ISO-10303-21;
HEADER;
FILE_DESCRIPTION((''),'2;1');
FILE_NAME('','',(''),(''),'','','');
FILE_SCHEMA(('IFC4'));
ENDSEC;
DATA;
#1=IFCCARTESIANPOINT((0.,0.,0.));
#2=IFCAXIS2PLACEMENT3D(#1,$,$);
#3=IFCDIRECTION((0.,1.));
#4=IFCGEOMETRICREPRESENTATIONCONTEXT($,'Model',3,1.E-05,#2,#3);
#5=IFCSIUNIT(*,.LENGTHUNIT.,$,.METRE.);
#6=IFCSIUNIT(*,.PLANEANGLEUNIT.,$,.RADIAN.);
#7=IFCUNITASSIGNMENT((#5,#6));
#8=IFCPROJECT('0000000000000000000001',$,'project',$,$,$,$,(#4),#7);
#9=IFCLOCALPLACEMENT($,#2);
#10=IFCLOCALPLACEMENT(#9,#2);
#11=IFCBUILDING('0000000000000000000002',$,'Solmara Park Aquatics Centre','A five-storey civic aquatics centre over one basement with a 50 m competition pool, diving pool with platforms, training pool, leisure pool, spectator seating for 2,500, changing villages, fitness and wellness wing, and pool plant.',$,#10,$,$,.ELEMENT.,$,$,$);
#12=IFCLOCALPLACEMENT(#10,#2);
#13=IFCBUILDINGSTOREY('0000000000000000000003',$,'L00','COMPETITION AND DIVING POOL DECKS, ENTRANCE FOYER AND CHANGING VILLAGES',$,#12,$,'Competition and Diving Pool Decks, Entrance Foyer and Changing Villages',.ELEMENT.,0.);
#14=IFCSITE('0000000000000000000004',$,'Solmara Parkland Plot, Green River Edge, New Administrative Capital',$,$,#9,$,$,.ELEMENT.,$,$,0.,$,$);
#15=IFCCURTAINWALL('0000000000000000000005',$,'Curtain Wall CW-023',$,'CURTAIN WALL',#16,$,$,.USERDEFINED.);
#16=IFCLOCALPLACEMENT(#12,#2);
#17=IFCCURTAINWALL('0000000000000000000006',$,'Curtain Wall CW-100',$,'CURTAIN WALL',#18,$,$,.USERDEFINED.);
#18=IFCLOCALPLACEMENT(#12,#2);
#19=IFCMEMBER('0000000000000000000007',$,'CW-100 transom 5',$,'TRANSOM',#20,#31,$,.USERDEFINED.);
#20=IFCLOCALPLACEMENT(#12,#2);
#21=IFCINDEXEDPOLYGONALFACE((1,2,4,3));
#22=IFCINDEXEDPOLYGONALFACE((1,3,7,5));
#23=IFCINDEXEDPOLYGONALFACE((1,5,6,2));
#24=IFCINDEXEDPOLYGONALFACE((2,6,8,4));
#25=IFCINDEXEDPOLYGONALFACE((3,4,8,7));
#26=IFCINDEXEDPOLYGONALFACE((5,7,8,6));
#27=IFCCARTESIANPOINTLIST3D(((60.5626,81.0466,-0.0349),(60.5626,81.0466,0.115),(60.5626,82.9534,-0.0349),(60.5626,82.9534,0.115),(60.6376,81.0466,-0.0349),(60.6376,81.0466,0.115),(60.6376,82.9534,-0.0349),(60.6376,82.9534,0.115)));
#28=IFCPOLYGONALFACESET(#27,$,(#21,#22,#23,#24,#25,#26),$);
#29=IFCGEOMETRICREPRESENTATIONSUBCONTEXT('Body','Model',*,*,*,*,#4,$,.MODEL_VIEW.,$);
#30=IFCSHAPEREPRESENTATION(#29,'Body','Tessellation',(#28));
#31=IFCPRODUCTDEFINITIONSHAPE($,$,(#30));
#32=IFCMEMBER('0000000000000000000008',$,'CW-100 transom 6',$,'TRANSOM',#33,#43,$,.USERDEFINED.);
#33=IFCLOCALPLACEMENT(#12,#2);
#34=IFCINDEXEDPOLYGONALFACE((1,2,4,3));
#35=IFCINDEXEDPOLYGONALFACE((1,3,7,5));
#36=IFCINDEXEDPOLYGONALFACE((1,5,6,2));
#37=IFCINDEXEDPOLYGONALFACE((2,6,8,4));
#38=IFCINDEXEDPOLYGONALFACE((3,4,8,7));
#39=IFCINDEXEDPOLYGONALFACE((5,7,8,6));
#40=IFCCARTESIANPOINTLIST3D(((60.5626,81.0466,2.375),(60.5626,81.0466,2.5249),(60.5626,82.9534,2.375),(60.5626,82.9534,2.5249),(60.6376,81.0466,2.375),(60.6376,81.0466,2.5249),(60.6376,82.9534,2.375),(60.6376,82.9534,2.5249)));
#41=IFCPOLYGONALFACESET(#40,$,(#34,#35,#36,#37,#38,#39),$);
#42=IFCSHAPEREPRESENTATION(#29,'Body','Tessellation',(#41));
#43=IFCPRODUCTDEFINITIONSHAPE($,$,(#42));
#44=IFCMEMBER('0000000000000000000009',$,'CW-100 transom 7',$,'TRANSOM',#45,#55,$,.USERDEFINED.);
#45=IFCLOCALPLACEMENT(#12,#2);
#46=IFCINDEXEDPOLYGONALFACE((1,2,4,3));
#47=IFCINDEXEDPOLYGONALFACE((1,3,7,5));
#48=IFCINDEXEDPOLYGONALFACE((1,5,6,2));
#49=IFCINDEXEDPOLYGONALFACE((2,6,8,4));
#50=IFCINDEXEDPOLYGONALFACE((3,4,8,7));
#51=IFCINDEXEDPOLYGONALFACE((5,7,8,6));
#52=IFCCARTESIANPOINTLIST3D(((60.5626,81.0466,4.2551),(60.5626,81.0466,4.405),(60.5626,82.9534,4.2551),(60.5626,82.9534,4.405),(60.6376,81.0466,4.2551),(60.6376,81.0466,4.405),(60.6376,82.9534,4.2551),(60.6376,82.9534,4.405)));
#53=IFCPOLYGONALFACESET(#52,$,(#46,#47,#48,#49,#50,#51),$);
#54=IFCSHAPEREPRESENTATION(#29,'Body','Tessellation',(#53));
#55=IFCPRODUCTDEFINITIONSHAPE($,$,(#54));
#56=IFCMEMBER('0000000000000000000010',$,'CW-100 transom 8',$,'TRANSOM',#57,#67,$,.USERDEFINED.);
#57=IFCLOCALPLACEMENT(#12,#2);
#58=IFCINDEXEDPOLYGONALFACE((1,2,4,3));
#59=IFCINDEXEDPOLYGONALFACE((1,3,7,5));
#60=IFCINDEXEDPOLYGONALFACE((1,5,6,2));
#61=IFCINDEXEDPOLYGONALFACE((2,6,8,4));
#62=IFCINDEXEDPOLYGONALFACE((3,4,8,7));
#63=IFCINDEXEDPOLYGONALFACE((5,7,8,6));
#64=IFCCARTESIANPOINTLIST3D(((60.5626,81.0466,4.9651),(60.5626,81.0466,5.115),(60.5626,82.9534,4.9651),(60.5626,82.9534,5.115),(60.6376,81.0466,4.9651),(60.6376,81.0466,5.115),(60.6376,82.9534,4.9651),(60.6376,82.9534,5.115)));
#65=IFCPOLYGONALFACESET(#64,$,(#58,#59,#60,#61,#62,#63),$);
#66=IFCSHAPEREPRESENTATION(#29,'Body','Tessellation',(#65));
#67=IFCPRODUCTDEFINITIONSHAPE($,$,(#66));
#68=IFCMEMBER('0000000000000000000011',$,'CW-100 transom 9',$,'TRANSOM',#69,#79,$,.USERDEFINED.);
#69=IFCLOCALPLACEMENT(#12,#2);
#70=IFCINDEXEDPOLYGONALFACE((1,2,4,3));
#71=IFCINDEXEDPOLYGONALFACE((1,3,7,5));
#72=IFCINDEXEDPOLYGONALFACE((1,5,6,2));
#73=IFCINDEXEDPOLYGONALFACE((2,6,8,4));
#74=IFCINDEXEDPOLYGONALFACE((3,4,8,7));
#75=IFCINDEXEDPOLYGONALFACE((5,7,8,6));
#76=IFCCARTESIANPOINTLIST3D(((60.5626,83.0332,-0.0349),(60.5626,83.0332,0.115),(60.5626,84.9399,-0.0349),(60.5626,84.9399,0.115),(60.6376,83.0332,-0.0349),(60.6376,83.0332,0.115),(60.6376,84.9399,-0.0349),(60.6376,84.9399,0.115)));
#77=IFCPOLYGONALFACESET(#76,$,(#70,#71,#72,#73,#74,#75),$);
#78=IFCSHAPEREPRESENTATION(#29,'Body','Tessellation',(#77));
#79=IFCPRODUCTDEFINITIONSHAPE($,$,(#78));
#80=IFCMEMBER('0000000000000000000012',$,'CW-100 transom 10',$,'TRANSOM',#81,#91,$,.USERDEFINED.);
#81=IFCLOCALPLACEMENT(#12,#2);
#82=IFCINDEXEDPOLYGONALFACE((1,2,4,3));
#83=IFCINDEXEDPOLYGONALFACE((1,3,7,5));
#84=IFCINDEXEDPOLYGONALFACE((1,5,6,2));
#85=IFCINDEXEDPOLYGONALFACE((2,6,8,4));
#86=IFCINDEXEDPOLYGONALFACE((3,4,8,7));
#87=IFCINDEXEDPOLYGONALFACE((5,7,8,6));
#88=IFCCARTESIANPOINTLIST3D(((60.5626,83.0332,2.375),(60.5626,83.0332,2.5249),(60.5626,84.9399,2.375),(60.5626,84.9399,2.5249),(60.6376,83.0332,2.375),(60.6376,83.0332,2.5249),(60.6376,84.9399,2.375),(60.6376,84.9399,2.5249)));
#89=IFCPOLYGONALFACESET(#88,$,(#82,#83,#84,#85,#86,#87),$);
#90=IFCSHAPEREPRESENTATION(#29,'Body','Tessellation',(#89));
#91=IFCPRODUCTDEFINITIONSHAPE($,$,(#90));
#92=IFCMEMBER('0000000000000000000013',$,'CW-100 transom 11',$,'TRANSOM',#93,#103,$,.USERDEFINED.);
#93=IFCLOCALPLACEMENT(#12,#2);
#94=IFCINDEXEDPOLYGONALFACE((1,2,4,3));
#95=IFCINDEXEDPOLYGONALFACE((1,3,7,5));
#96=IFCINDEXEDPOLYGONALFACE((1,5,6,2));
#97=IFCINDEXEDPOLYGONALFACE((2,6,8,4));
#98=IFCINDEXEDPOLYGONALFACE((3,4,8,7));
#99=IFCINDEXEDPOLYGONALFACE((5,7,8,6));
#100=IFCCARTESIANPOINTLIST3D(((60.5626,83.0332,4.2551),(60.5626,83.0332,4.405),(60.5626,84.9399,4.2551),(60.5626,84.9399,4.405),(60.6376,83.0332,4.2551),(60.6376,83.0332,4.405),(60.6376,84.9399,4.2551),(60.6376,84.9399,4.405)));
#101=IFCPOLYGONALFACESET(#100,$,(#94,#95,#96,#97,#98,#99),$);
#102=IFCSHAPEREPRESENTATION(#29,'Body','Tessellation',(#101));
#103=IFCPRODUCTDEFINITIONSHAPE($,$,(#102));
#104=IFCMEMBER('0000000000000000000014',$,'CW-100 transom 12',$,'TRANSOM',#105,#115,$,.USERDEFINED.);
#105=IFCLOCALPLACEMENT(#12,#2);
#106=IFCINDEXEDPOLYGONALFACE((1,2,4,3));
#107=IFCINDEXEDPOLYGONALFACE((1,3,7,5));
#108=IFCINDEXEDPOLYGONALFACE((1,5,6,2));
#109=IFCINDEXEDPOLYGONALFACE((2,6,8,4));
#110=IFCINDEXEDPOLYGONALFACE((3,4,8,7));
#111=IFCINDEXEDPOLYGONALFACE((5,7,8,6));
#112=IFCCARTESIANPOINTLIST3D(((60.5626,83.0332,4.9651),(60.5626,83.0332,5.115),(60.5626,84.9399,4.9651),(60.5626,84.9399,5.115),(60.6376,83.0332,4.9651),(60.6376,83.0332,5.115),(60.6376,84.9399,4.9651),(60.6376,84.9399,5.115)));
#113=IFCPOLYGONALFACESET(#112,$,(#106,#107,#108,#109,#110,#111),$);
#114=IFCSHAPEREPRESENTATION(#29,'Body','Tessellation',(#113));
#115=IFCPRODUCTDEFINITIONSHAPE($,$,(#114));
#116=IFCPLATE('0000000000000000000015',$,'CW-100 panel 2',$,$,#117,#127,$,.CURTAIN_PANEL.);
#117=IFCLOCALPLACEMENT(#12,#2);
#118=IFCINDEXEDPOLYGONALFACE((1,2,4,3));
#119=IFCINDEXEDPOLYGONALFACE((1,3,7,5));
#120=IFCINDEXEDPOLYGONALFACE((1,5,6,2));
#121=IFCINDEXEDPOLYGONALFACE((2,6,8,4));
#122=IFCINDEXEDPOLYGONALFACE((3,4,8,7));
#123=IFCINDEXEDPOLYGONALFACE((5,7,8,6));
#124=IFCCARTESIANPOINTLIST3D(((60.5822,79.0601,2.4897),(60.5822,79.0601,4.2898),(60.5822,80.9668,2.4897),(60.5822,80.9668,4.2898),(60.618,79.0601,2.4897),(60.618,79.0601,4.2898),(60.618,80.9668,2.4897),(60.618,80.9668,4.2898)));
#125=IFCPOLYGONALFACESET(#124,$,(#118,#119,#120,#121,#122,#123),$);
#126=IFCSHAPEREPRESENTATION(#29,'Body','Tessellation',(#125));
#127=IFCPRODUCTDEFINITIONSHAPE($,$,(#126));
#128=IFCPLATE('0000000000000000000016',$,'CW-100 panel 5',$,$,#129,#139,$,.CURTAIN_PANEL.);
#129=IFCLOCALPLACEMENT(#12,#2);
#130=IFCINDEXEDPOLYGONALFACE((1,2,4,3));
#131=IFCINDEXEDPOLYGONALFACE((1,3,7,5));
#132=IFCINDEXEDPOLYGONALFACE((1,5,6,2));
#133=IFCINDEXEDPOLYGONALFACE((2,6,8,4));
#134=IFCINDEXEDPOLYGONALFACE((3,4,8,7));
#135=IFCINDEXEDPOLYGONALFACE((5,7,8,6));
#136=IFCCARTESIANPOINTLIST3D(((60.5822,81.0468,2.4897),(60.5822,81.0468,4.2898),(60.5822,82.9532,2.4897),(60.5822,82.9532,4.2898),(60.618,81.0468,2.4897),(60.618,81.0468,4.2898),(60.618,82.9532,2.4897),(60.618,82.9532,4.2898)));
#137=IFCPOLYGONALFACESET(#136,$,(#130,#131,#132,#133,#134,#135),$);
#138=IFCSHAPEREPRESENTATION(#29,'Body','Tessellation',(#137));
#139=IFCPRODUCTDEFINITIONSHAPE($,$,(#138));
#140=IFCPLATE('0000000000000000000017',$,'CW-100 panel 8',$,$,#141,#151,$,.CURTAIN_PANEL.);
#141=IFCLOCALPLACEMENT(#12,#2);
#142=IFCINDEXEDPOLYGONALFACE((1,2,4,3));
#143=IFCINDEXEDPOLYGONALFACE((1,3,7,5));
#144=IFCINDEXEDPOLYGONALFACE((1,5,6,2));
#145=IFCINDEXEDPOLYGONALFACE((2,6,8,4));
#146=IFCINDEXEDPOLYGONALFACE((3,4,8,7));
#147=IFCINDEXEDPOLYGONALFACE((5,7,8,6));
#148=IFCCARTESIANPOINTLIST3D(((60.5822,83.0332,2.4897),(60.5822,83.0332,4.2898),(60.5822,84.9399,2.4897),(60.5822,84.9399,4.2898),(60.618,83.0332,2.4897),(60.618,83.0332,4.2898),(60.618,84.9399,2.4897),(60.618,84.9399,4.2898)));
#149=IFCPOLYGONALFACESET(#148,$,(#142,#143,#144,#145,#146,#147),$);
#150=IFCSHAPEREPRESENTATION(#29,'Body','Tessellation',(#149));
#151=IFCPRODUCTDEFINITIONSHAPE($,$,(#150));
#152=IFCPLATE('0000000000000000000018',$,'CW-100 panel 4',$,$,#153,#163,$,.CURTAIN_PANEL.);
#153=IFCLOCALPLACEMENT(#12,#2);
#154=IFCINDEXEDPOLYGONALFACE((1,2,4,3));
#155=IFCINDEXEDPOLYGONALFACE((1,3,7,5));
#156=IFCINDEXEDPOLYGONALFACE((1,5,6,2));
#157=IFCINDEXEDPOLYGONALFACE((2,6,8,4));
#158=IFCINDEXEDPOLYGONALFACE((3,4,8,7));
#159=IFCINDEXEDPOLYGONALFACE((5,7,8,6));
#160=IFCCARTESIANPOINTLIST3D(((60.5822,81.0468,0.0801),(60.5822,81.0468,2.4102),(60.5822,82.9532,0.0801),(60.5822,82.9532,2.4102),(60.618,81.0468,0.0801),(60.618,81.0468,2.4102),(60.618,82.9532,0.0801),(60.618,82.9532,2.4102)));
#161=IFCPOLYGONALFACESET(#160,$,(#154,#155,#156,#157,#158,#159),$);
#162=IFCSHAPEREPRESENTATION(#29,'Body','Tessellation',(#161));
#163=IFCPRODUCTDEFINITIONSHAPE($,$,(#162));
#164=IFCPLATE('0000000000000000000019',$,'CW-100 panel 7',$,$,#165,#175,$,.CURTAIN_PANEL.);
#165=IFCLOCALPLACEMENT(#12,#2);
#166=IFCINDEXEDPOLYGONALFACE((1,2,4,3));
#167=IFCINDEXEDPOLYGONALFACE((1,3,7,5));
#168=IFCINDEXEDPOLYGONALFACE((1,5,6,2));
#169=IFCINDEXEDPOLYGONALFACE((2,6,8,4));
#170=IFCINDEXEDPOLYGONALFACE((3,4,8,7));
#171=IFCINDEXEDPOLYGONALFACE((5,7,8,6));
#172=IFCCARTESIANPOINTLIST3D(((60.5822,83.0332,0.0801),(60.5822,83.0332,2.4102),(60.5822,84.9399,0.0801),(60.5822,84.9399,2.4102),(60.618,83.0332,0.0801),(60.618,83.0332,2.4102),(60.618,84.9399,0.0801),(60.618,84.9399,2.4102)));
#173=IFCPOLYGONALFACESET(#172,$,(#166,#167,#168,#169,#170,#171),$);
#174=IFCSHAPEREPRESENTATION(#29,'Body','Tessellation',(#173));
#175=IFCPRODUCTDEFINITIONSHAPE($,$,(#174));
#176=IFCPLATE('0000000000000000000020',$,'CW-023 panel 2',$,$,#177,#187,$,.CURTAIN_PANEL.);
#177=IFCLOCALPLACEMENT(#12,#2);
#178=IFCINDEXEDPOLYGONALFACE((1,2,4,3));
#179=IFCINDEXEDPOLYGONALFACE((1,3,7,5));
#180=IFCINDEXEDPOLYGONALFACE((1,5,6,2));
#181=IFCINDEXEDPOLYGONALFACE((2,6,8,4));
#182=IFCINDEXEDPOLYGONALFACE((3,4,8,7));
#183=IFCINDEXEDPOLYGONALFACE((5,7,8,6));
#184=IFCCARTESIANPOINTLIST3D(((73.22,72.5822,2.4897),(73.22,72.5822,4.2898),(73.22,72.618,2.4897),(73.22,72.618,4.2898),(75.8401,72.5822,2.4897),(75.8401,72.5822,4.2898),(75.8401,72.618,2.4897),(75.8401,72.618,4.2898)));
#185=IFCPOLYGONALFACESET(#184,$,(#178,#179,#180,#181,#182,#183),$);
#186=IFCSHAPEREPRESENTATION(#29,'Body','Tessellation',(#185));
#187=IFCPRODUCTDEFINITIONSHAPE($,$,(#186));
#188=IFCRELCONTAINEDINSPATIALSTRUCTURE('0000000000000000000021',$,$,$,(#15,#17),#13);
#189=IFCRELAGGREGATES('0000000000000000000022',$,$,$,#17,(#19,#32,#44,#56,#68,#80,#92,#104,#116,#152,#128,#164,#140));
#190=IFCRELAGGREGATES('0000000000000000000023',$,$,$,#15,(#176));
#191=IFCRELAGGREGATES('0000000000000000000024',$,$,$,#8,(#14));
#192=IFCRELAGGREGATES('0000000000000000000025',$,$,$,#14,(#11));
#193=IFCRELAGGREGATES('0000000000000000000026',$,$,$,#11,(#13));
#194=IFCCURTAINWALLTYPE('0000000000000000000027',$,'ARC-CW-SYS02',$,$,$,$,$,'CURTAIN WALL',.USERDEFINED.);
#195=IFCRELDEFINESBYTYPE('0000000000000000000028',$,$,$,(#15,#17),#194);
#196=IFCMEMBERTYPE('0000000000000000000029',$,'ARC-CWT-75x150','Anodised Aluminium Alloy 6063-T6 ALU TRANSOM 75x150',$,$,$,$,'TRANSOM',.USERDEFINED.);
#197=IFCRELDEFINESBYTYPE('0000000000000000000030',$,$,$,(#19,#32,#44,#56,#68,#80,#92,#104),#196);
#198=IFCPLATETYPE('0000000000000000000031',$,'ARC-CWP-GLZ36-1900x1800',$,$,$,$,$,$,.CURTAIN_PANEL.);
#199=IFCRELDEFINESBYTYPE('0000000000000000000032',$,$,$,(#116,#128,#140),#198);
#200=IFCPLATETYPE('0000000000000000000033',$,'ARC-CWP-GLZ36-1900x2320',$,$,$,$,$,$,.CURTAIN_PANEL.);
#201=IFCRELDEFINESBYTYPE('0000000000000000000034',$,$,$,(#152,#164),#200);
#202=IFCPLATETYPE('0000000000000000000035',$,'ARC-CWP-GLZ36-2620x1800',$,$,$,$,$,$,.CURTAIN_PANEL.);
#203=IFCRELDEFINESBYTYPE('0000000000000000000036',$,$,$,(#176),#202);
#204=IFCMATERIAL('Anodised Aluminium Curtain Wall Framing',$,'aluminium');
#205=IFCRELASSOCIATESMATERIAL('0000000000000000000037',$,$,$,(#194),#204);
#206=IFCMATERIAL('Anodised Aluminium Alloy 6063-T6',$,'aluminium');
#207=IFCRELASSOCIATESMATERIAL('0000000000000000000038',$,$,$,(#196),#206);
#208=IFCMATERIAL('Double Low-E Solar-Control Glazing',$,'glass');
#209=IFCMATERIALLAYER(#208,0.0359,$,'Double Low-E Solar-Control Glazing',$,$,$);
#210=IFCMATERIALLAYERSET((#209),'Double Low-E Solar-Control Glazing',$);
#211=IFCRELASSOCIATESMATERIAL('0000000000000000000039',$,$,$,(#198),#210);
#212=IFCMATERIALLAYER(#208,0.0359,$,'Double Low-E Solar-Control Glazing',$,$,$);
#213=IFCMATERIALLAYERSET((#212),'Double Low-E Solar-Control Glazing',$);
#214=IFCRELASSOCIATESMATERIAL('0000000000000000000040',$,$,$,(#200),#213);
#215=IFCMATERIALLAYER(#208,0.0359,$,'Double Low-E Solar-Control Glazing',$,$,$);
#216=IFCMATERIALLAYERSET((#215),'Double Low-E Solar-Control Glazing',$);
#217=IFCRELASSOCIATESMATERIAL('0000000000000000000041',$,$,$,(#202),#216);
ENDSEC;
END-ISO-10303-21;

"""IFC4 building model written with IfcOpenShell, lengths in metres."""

from ifc_helpers import new_model, si_unit, direction, frame, origin, origin_2d, place, context, subcontext, project, spatial, rectangle, extrude, material, layer, layer_set, material_profile, profile_set, type_object, element, aggregate, save


model = new_model("IFC4")

# Units and contexts
model_context = context("Model", 3, precision=1e-05, world=origin(), true_north=direction((0.0, 1.0)))
body_context = subcontext(model_context, "Body", "Model", "MODEL_VIEW")
ifc_project = project(units=[si_unit("LENGTHUNIT", "METRE"), si_unit("PLANEANGLEUNIT", "RADIAN")], contexts=[model_context])

# Site, building, storey
site_placement = place(None, origin())
site = spatial("IfcSite", under=ifc_project, at=site_placement, Name="Solmara Parkland Plot, Green River Edge, New Administrative Capital", CompositionType="ELEMENT", RefElevation=0.0)
building_placement = place(site_placement, origin())
building = spatial("IfcBuilding", under=site, at=building_placement, Name="Solmara Park Aquatics Centre", Description="A five-storey civic aquatics centre over one basement with a 50 m competition pool, diving pool with platforms, training pool, leisure pool, spectator seating for 2,500, changing villages, fitness and wellness wing, and pool plant.", CompositionType="ELEMENT")
storey_placement = place(building_placement, origin())
storey = spatial("IfcBuildingStorey", under=building, at=storey_placement, Name="L00", Description="COMPETITION AND DIVING POOL DECKS, ENTRANCE FOYER AND CHANGING VILLAGES", LongName="Competition and Diving Pool Decks, Entrance Foyer and Changing Villages", CompositionType="ELEMENT", Elevation=0.0)

# Curtain walls
ifc_material_1 = material(Name="Anodised Aluminium Curtain Wall Framing", Category="aluminium")
curtain_wall_type = type_object("IfcCurtainWallType", Name="ARC-CW-SYS02", ElementType="CURTAIN WALL", PredefinedType="USERDEFINED", material=ifc_material_1)
curtain_wall_1_placement = place(storey_placement, origin())
curtain_wall_1 = element("IfcCurtainWall", 1, at=curtain_wall_1_placement, inside=storey, type_object=curtain_wall_type, Name="Curtain Wall CW-023", ObjectType="CURTAIN WALL", PredefinedType="USERDEFINED")
ifc_material_2 = material(Name="Anodised Aluminium Alloy 6063-T6", Category="aluminium")
curtain_wall_2_placement = place(storey_placement, origin())
curtain_wall_2 = element("IfcCurtainWall", 2, at=curtain_wall_2_placement, inside=storey, type_object=curtain_wall_type, Name="Curtain Wall CW-100", ObjectType="CURTAIN WALL", PredefinedType="USERDEFINED")

# Members
ifc_material_profile_1 = material_profile(ifc_material_2, rectangle(XDim=0.075, YDim=0.1499, at=origin_2d()), Name="ALU TRANSOM 75x150")
ifc_profile_set_1 = profile_set([ifc_material_profile_1], Name="Anodised Aluminium Alloy 6063-T6")
member_type_1 = type_object("IfcMemberType", Name="ARC-CWT-75x150", Description="Anodised Aluminium Alloy 6063-T6 ALU TRANSOM 75x150", ElementType="TRANSOM", PredefinedType="USERDEFINED", material=ifc_profile_set_1)
member_1_placement = place(storey_placement, frame((60.6001, 81.0466, 0.04), z_axis=(0.0, 1.0, 0.0), x_axis=(-1.0, 0.0, 0.0)))
member_1 = element("IfcMember", 3, at=member_1_placement, type_object=member_type_1, Name="CW-100 transom 5", ObjectType="TRANSOM", PredefinedType="USERDEFINED", context=body_context, shape_type="SweptSolid", body=[
    extrude(rectangle(XDim=0.075, YDim=0.1499, at=origin_2d()), origin(), (0.0, 0.0, 1.0), 1.9067),
])
member_2_placement = place(storey_placement, frame((60.6001, 81.0466, 2.45), z_axis=(0.0, 1.0, 0.0), x_axis=(-1.0, 0.0, 0.0)))
member_2 = element("IfcMember", 4, at=member_2_placement, type_object=member_type_1, Name="CW-100 transom 6", ObjectType="TRANSOM", PredefinedType="USERDEFINED", context=body_context, shape_type="SweptSolid", body=[
    extrude(rectangle(XDim=0.075, YDim=0.1499, at=origin_2d()), origin(), (0.0, 0.0, 1.0), 1.9067),
])
member_3_placement = place(storey_placement, frame((60.6001, 81.0466, 4.3301), z_axis=(0.0, 1.0, 0.0), x_axis=(-1.0, 0.0, 0.0)))
member_3 = element("IfcMember", 5, at=member_3_placement, type_object=member_type_1, Name="CW-100 transom 7", ObjectType="TRANSOM", PredefinedType="USERDEFINED", context=body_context, shape_type="SweptSolid", body=[
    extrude(rectangle(XDim=0.075, YDim=0.1499, at=origin_2d()), origin(), (0.0, 0.0, 1.0), 1.9067),
])
member_4_placement = place(storey_placement, frame((60.6001, 81.0466, 5.04), z_axis=(0.0, 1.0, 0.0), x_axis=(-1.0, 0.0, 0.0)))
member_4 = element("IfcMember", 6, at=member_4_placement, type_object=member_type_1, Name="CW-100 transom 8", ObjectType="TRANSOM", PredefinedType="USERDEFINED", context=body_context, shape_type="SweptSolid", body=[
    extrude(rectangle(XDim=0.075, YDim=0.1499, at=origin_2d()), origin(), (0.0, 0.0, 1.0), 1.9067),
])
member_5_placement = place(storey_placement, frame((60.6001, 83.0332, 0.04), z_axis=(0.0, 1.0, 0.0), x_axis=(-1.0, 0.0, 0.0)))
member_5 = element("IfcMember", 7, at=member_5_placement, type_object=member_type_1, Name="CW-100 transom 9", ObjectType="TRANSOM", PredefinedType="USERDEFINED", context=body_context, shape_type="SweptSolid", body=[
    extrude(rectangle(XDim=0.075, YDim=0.1499, at=origin_2d()), origin(), (0.0, 0.0, 1.0), 1.9067),
])
member_6_placement = place(storey_placement, frame((60.6001, 83.0332, 2.45), z_axis=(0.0, 1.0, 0.0), x_axis=(-1.0, 0.0, 0.0)))
member_6 = element("IfcMember", 8, at=member_6_placement, type_object=member_type_1, Name="CW-100 transom 10", ObjectType="TRANSOM", PredefinedType="USERDEFINED", context=body_context, shape_type="SweptSolid", body=[
    extrude(rectangle(XDim=0.075, YDim=0.1499, at=origin_2d()), origin(), (0.0, 0.0, 1.0), 1.9067),
])
member_7_placement = place(storey_placement, frame((60.6001, 83.0332, 4.3301), z_axis=(0.0, 1.0, 0.0), x_axis=(-1.0, 0.0, 0.0)))
member_7 = element("IfcMember", 9, at=member_7_placement, type_object=member_type_1, Name="CW-100 transom 11", ObjectType="TRANSOM", PredefinedType="USERDEFINED", context=body_context, shape_type="SweptSolid", body=[
    extrude(rectangle(XDim=0.075, YDim=0.1499, at=origin_2d()), origin(), (0.0, 0.0, 1.0), 1.9067),
])
member_8_placement = place(storey_placement, frame((60.6001, 83.0332, 5.04), z_axis=(0.0, 1.0, 0.0), x_axis=(-1.0, 0.0, 0.0)))
member_8 = element("IfcMember", 10, at=member_8_placement, type_object=member_type_1, Name="CW-100 transom 12", ObjectType="TRANSOM", PredefinedType="USERDEFINED", context=body_context, shape_type="SweptSolid", body=[
    extrude(rectangle(XDim=0.075, YDim=0.1499, at=origin_2d()), origin(), (0.0, 0.0, 1.0), 1.9067),
])

# Plates
ifc_material_3 = material(Name="Double Low-E Solar-Control Glazing", Category="glass")
ifc_layer_1 = layer(ifc_material_3, 0.0359, Name="Double Low-E Solar-Control Glazing")
ifc_layer_set_1 = layer_set([ifc_layer_1], Name="Double Low-E Solar-Control Glazing")
plate_type_1 = type_object("IfcPlateType", Name="ARC-CWP-GLZ36-1900x1800", PredefinedType="CURTAIN_PANEL", material=ifc_layer_set_1)
plate_1_placement = place(storey_placement, frame((60.6001, 80.0134, 2.4897), z_axis=(0.0, 0.0, 1.0), x_axis=(0.0, 1.0, 0.0)))
plate_1 = element("IfcPlate", 11, at=plate_1_placement, type_object=plate_type_1, Name="CW-100 panel 2", PredefinedType="CURTAIN_PANEL", context=body_context, shape_type="SweptSolid", body=[
    extrude(rectangle(XDim=1.9067, YDim=0.0359, at=origin_2d()), origin(), (0.0, 0.0, 1.0), 1.8),
])
plate_2_placement = place(storey_placement, frame((60.6001, 82.0, 2.4897), z_axis=(0.0, 0.0, 1.0), x_axis=(0.0, 1.0, 0.0)))
plate_2 = element("IfcPlate", 12, at=plate_2_placement, type_object=plate_type_1, Name="CW-100 panel 5", PredefinedType="CURTAIN_PANEL", context=body_context, shape_type="SweptSolid", body=[
    extrude(rectangle(XDim=1.9065, YDim=0.0359, at=origin_2d()), origin(), (0.0, 0.0, 1.0), 1.8),
])
plate_3_placement = place(storey_placement, frame((60.6001, 83.9866, 2.4897), z_axis=(0.0, 0.0, 1.0), x_axis=(0.0, 1.0, 0.0)))
plate_3 = element("IfcPlate", 13, at=plate_3_placement, type_object=plate_type_1, Name="CW-100 panel 8", PredefinedType="CURTAIN_PANEL", context=body_context, shape_type="SweptSolid", body=[
    extrude(rectangle(XDim=1.9067, YDim=0.0359, at=origin_2d()), origin(), (0.0, 0.0, 1.0), 1.8),
])
ifc_layer_2 = layer(ifc_material_3, 0.0359, Name="Double Low-E Solar-Control Glazing")
ifc_layer_set_2 = layer_set([ifc_layer_2], Name="Double Low-E Solar-Control Glazing")
plate_type_2 = type_object("IfcPlateType", Name="ARC-CWP-GLZ36-1900x2320", PredefinedType="CURTAIN_PANEL", material=ifc_layer_set_2)
plate_4_placement = place(storey_placement, frame((60.6001, 82.0, 0.0801), z_axis=(0.0, 0.0, 1.0), x_axis=(0.0, 1.0, 0.0)))
plate_4 = element("IfcPlate", 14, at=plate_4_placement, type_object=plate_type_2, Name="CW-100 panel 4", PredefinedType="CURTAIN_PANEL", context=body_context, shape_type="SweptSolid", body=[
    extrude(rectangle(XDim=1.9065, YDim=0.0359, at=origin_2d()), origin(), (0.0, 0.0, 1.0), 2.3301),
])
plate_5_placement = place(storey_placement, frame((60.6001, 83.9866, 0.0801), z_axis=(0.0, 0.0, 1.0), x_axis=(0.0, 1.0, 0.0)))
plate_5 = element("IfcPlate", 15, at=plate_5_placement, type_object=plate_type_2, Name="CW-100 panel 7", PredefinedType="CURTAIN_PANEL", context=body_context, shape_type="SweptSolid", body=[
    extrude(rectangle(XDim=1.9067, YDim=0.0359, at=origin_2d()), origin(), (0.0, 0.0, 1.0), 2.3301),
])
ifc_layer_3 = layer(ifc_material_3, 0.0359, Name="Double Low-E Solar-Control Glazing")
ifc_layer_set_3 = layer_set([ifc_layer_3], Name="Double Low-E Solar-Control Glazing")
plate_type_3 = type_object("IfcPlateType", Name="ARC-CWP-GLZ36-2620x1800", PredefinedType="CURTAIN_PANEL", material=ifc_layer_set_3)
plate_6_placement = place(storey_placement, frame((74.53, 72.6001, 2.4897), z_axis=(0.0, 0.0, 1.0), x_axis=(1.0, 0.0, 0.0)))
plate_6 = element("IfcPlate", 16, at=plate_6_placement, type_object=plate_type_3, Name="CW-023 panel 2", PredefinedType="CURTAIN_PANEL", context=body_context, shape_type="SweptSolid", body=[
    extrude(rectangle(XDim=2.6201, YDim=0.0359, at=origin_2d()), origin(), (0.0, 0.0, 1.0), 1.8),
])
aggregate(curtain_wall_2, [member_1, member_2, member_3, member_4, member_5, member_6, member_7, member_8, plate_1, plate_4, plate_2, plate_5, plate_3])
aggregate(curtain_wall_1, [plate_6])

save(model, "model.ifc")
